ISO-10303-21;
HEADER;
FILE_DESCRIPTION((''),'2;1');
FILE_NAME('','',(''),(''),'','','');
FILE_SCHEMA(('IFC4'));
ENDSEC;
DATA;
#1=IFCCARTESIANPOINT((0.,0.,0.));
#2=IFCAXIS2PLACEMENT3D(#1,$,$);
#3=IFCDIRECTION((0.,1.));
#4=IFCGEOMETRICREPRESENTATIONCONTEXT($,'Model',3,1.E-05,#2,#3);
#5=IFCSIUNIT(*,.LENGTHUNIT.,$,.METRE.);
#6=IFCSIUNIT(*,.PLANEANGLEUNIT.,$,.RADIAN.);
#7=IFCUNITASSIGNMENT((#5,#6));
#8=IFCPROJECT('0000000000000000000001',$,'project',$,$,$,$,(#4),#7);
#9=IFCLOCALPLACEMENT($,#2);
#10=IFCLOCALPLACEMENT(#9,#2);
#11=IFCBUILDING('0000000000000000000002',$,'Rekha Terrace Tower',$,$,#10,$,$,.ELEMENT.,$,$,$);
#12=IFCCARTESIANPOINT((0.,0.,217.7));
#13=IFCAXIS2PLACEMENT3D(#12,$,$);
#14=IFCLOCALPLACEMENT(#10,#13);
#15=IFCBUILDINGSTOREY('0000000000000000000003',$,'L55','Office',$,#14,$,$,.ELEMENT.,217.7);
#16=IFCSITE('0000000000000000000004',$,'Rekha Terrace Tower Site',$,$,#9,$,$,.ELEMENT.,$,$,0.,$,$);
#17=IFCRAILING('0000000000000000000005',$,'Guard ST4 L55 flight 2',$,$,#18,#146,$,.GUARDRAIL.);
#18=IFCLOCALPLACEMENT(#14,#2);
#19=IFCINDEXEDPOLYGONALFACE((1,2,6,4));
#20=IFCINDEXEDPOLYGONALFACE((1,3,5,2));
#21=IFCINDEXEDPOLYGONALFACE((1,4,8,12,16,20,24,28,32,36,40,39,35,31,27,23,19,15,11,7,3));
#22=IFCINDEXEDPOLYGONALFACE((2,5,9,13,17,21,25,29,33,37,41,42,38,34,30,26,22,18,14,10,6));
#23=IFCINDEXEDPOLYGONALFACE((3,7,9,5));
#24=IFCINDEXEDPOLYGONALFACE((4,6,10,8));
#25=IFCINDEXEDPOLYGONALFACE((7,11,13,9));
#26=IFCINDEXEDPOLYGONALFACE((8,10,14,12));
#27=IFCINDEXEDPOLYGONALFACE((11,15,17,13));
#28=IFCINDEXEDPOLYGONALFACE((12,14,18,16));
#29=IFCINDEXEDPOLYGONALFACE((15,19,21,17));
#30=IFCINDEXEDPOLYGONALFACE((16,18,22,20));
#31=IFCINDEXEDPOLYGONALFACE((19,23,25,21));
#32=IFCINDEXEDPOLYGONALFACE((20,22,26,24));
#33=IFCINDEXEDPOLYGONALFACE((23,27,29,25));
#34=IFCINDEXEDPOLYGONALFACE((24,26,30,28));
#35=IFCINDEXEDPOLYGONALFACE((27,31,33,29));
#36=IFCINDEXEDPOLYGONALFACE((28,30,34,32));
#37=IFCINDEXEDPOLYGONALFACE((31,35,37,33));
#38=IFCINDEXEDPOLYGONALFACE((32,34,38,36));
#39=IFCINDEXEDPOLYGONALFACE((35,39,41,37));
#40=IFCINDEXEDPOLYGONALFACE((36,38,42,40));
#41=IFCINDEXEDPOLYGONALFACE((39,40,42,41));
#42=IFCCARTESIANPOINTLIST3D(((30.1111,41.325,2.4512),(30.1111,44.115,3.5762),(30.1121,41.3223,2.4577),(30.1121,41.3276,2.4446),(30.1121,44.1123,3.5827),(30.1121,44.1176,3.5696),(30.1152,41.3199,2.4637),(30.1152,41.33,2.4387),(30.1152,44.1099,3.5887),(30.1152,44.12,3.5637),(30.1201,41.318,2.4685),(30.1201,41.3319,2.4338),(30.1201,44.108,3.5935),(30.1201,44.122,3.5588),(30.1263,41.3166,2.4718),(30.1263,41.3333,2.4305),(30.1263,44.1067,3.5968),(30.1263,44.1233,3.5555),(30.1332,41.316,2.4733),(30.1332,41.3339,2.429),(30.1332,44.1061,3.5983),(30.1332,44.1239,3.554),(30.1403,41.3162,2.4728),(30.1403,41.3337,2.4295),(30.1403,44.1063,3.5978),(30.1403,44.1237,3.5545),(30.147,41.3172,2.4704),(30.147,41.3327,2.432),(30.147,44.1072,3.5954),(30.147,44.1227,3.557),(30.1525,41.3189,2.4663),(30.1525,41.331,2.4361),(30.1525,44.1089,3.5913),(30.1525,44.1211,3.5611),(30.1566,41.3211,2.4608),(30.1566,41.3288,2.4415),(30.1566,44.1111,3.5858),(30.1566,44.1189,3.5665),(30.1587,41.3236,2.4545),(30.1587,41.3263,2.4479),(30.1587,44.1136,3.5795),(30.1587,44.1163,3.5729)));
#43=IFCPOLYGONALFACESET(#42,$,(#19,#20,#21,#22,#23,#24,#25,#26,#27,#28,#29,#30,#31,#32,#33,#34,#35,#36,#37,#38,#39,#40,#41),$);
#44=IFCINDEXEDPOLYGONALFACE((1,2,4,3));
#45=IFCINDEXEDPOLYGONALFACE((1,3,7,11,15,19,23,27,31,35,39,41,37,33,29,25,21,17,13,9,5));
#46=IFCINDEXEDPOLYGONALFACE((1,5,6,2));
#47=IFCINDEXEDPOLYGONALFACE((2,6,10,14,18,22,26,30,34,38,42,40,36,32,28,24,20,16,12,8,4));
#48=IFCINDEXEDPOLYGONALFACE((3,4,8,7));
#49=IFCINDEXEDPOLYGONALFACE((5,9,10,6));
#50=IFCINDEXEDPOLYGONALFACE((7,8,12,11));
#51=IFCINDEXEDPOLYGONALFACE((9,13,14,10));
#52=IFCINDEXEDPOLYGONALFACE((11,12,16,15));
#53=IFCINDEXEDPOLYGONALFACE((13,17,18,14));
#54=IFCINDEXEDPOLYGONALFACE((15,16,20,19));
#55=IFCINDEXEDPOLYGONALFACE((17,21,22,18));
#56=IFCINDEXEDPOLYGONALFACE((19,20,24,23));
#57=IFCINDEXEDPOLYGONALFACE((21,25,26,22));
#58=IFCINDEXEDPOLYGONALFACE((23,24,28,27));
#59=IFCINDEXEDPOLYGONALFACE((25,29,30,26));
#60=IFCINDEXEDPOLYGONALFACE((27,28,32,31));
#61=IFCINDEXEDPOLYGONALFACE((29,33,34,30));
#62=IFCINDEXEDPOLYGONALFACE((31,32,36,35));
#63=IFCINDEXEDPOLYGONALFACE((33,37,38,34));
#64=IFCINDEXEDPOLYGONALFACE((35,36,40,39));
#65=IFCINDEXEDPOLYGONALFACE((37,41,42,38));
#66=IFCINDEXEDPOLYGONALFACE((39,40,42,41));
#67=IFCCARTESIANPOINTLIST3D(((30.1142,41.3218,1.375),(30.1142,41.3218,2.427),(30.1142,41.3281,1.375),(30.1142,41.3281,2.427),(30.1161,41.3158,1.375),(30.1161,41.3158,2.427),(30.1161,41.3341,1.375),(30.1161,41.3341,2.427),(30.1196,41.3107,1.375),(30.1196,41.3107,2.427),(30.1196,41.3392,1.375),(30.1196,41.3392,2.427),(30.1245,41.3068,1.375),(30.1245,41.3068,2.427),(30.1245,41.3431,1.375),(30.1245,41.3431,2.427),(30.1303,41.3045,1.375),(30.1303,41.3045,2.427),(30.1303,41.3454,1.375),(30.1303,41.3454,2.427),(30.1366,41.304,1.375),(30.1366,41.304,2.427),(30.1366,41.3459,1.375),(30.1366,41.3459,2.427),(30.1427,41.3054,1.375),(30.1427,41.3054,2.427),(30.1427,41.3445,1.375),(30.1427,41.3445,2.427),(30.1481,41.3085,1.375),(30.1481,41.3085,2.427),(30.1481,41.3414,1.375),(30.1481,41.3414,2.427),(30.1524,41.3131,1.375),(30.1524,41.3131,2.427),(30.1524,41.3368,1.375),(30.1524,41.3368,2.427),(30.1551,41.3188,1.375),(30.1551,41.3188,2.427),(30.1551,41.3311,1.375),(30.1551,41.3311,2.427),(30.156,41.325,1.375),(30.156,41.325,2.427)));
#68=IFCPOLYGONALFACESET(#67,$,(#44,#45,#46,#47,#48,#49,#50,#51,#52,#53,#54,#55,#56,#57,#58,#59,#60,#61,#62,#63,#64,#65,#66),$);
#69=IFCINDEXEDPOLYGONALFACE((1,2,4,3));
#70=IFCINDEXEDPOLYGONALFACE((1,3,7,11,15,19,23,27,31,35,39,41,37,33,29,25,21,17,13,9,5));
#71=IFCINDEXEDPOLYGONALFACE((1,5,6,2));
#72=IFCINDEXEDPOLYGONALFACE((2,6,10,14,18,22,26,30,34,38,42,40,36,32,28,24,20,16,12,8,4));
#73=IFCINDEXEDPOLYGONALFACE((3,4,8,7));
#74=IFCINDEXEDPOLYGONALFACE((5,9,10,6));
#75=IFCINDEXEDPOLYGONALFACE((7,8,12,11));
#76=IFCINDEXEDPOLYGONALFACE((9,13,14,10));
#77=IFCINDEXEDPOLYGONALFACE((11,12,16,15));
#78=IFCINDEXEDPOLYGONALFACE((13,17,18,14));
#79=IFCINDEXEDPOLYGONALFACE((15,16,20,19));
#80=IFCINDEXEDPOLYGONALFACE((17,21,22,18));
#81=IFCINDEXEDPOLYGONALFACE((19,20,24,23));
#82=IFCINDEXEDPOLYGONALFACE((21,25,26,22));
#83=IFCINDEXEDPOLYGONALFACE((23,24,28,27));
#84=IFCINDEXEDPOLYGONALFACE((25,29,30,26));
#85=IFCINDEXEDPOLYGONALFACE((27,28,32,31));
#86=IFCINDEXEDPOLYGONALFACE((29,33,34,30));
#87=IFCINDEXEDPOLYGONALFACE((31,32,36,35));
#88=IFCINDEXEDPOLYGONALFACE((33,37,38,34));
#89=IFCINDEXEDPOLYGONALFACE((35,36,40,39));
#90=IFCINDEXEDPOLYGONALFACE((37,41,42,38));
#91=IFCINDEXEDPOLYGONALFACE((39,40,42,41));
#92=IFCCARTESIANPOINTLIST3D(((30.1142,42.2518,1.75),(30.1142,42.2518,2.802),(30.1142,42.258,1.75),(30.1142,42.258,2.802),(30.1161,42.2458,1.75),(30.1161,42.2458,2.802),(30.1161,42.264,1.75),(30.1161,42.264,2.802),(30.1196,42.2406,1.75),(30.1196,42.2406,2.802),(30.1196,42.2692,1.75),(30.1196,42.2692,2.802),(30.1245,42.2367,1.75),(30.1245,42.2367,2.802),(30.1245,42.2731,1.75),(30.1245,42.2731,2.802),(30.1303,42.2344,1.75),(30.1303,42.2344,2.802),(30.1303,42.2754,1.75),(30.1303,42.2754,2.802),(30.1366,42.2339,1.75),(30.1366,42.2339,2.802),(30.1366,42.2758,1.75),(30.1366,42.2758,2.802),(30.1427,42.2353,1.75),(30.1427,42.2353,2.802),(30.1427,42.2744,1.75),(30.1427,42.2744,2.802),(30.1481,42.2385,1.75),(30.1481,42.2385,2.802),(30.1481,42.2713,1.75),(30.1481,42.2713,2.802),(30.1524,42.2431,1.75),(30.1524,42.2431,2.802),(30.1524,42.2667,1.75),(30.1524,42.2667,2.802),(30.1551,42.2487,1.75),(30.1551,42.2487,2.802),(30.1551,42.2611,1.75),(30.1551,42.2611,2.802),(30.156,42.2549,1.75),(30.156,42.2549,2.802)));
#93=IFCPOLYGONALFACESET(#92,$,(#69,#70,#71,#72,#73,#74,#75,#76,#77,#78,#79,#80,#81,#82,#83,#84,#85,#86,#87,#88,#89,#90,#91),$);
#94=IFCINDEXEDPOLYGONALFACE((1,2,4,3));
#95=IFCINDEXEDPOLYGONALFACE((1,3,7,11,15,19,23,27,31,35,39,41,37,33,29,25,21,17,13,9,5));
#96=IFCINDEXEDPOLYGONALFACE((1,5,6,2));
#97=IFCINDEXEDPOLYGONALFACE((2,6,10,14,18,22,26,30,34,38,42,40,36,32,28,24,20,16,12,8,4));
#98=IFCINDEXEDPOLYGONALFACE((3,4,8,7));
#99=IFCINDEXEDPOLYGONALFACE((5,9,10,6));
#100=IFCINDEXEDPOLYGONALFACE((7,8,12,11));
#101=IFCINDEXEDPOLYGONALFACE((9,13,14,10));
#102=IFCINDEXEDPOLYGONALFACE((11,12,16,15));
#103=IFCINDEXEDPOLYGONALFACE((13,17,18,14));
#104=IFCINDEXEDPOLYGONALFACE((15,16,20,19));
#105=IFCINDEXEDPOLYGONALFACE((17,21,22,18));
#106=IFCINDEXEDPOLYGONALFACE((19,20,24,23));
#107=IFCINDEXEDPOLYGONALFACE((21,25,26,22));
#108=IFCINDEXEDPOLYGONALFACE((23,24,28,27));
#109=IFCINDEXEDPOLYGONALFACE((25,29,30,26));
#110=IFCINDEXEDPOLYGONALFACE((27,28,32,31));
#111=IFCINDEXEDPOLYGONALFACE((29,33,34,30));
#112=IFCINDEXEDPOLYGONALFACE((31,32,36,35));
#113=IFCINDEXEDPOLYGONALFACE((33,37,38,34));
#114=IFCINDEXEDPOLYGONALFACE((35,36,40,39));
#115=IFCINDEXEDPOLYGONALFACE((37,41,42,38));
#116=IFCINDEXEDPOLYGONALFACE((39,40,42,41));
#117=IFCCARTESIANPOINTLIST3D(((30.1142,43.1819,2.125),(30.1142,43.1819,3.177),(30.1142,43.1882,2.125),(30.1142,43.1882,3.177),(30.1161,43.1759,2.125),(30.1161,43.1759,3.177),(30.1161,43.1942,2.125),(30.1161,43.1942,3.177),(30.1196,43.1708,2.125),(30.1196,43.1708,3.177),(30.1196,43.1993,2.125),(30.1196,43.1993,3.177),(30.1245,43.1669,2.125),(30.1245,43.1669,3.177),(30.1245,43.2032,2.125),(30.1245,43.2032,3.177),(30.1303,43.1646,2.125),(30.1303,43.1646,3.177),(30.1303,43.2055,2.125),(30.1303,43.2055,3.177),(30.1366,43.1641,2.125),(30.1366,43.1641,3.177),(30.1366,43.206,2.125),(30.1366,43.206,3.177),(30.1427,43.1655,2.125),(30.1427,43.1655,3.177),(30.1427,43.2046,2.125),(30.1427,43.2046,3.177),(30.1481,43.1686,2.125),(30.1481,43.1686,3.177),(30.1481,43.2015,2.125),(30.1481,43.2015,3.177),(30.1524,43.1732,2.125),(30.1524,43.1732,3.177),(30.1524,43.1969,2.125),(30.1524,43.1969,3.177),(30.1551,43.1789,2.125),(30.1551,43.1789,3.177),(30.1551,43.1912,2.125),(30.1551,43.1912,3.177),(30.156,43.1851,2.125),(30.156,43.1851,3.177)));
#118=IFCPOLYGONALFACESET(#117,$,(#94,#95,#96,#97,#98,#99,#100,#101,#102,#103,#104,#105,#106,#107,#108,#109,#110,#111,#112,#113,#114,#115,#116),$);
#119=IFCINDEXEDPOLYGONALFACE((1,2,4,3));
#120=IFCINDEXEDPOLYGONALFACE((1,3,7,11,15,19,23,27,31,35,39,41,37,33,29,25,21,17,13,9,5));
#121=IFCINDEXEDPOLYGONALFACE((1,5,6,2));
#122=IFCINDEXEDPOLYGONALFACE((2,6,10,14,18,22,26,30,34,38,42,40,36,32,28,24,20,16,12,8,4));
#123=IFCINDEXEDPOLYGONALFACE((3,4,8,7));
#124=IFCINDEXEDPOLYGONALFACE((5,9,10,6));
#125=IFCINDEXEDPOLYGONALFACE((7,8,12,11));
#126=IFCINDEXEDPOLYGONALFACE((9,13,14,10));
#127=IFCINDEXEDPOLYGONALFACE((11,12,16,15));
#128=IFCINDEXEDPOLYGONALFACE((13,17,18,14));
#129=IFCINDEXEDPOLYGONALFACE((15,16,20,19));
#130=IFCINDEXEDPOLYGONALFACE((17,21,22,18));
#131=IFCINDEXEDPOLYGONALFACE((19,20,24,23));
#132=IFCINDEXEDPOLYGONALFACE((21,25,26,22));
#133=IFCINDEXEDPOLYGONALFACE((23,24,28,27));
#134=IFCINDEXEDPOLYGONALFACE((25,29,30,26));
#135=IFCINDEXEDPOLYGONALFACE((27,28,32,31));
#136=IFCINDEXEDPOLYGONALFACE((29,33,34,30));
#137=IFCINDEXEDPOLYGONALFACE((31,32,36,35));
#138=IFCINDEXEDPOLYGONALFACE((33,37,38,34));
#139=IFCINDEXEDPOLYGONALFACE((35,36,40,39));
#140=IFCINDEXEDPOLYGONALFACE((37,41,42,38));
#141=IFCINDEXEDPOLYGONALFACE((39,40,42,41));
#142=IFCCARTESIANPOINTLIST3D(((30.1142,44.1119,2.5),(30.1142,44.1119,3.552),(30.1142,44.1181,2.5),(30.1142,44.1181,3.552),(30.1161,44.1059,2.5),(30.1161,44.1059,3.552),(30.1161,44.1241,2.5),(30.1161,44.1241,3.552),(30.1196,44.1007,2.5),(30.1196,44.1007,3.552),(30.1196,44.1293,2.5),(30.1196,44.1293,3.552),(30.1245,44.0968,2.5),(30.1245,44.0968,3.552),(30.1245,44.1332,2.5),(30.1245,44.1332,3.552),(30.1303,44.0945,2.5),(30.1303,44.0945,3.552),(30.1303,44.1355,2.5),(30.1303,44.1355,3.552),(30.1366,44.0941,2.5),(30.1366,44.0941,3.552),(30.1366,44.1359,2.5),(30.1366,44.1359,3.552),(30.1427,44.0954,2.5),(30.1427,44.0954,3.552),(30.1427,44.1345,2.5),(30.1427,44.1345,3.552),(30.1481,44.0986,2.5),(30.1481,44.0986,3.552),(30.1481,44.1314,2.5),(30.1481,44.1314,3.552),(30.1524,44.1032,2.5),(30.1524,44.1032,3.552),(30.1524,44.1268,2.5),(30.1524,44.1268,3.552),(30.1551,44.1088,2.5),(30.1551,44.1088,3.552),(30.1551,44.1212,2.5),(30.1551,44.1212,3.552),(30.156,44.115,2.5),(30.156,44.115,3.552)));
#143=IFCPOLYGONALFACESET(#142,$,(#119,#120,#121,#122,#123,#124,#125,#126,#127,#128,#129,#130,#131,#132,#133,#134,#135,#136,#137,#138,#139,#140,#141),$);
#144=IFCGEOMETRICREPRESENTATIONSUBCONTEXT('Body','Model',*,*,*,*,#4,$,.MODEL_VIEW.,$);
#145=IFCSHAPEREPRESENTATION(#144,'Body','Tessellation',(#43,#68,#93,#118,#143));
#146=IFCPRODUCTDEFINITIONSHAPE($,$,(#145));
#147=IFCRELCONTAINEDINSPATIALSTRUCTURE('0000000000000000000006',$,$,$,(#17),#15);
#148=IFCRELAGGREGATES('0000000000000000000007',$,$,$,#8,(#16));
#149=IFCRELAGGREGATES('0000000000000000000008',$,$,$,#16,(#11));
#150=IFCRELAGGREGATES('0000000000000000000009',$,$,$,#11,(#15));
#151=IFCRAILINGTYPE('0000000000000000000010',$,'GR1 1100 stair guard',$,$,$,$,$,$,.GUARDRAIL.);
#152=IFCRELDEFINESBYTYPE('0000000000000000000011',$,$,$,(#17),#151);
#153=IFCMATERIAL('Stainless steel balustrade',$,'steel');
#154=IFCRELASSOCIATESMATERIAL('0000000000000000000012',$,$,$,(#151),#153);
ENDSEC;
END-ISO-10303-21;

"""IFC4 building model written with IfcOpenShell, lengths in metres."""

from ifc_helpers import new_model, si_unit, direction, frame, origin, origin_2d, place, context, subcontext, project, spatial, circle, extrude, material, type_object, element, save


model = new_model("IFC4")

# Units and contexts
model_context = context("Model", 3, precision=1e-05, world=origin(), true_north=direction((0.0, 1.0)))
body_context = subcontext(model_context, "Body", "Model", "MODEL_VIEW")
ifc_project = project(units=[si_unit("LENGTHUNIT", "METRE"), si_unit("PLANEANGLEUNIT", "RADIAN")], contexts=[model_context])

# Site, building, storey
site_placement = place(None, origin())
site = spatial("IfcSite", under=ifc_project, at=site_placement, Name="Rekha Terrace Tower Site", CompositionType="ELEMENT", RefElevation=0.0)
building_placement = place(site_placement, origin())
building = spatial("IfcBuilding", under=site, at=building_placement, Name="Rekha Terrace Tower", CompositionType="ELEMENT")
storey_placement = place(building_placement, frame((0.0, 0.0, 217.7)))
storey = spatial("IfcBuildingStorey", under=building, at=storey_placement, Name="L55", Description="Office", CompositionType="ELEMENT", Elevation=217.7)

# Railing
ifc_material_1 = material(Name="Stainless steel balustrade", Category="steel")
railing_type_1 = type_object("IfcRailingType", Name="GR1 1100 stair guard", PredefinedType="GUARDRAIL", material=ifc_material_1)
railing_1_placement = place(storey_placement, frame((30.135, 41.325, 1.375)))
element("IfcRailing", 1, at=railing_1_placement, inside=storey, type_object=railing_type_1, Name="Guard ST4 L55 flight 2", PredefinedType="GUARDRAIL", context=body_context, shape_type="SweptSolid", body=[
    extrude(circle(Radius=0.0239, at=origin_2d()), frame((0.0, 0.0, 1.0762), z_axis=(0.0, 0.927443, 0.373964), x_axis=(-1.0, 0.0, 0.0)), (0.0, 0.0, 1.0), 3.0083),
    extrude(circle(Radius=0.021, at=origin_2d()), origin(), (0.0, 0.0, 1.0), 1.052),
    extrude(circle(Radius=0.021, at=origin_2d()), frame((0.0, 0.9299, 0.375)), (0.0, 0.0, 1.0), 1.052),
    extrude(circle(Radius=0.021, at=origin_2d()), frame((0.0, 1.8601, 0.75)), (0.0, 0.0, 1.0), 1.052),
    extrude(circle(Radius=0.021, at=origin_2d()), frame((0.0, 2.79, 1.125)), (0.0, 0.0, 1.0), 1.052),
])

save(model, "model.ifc")
